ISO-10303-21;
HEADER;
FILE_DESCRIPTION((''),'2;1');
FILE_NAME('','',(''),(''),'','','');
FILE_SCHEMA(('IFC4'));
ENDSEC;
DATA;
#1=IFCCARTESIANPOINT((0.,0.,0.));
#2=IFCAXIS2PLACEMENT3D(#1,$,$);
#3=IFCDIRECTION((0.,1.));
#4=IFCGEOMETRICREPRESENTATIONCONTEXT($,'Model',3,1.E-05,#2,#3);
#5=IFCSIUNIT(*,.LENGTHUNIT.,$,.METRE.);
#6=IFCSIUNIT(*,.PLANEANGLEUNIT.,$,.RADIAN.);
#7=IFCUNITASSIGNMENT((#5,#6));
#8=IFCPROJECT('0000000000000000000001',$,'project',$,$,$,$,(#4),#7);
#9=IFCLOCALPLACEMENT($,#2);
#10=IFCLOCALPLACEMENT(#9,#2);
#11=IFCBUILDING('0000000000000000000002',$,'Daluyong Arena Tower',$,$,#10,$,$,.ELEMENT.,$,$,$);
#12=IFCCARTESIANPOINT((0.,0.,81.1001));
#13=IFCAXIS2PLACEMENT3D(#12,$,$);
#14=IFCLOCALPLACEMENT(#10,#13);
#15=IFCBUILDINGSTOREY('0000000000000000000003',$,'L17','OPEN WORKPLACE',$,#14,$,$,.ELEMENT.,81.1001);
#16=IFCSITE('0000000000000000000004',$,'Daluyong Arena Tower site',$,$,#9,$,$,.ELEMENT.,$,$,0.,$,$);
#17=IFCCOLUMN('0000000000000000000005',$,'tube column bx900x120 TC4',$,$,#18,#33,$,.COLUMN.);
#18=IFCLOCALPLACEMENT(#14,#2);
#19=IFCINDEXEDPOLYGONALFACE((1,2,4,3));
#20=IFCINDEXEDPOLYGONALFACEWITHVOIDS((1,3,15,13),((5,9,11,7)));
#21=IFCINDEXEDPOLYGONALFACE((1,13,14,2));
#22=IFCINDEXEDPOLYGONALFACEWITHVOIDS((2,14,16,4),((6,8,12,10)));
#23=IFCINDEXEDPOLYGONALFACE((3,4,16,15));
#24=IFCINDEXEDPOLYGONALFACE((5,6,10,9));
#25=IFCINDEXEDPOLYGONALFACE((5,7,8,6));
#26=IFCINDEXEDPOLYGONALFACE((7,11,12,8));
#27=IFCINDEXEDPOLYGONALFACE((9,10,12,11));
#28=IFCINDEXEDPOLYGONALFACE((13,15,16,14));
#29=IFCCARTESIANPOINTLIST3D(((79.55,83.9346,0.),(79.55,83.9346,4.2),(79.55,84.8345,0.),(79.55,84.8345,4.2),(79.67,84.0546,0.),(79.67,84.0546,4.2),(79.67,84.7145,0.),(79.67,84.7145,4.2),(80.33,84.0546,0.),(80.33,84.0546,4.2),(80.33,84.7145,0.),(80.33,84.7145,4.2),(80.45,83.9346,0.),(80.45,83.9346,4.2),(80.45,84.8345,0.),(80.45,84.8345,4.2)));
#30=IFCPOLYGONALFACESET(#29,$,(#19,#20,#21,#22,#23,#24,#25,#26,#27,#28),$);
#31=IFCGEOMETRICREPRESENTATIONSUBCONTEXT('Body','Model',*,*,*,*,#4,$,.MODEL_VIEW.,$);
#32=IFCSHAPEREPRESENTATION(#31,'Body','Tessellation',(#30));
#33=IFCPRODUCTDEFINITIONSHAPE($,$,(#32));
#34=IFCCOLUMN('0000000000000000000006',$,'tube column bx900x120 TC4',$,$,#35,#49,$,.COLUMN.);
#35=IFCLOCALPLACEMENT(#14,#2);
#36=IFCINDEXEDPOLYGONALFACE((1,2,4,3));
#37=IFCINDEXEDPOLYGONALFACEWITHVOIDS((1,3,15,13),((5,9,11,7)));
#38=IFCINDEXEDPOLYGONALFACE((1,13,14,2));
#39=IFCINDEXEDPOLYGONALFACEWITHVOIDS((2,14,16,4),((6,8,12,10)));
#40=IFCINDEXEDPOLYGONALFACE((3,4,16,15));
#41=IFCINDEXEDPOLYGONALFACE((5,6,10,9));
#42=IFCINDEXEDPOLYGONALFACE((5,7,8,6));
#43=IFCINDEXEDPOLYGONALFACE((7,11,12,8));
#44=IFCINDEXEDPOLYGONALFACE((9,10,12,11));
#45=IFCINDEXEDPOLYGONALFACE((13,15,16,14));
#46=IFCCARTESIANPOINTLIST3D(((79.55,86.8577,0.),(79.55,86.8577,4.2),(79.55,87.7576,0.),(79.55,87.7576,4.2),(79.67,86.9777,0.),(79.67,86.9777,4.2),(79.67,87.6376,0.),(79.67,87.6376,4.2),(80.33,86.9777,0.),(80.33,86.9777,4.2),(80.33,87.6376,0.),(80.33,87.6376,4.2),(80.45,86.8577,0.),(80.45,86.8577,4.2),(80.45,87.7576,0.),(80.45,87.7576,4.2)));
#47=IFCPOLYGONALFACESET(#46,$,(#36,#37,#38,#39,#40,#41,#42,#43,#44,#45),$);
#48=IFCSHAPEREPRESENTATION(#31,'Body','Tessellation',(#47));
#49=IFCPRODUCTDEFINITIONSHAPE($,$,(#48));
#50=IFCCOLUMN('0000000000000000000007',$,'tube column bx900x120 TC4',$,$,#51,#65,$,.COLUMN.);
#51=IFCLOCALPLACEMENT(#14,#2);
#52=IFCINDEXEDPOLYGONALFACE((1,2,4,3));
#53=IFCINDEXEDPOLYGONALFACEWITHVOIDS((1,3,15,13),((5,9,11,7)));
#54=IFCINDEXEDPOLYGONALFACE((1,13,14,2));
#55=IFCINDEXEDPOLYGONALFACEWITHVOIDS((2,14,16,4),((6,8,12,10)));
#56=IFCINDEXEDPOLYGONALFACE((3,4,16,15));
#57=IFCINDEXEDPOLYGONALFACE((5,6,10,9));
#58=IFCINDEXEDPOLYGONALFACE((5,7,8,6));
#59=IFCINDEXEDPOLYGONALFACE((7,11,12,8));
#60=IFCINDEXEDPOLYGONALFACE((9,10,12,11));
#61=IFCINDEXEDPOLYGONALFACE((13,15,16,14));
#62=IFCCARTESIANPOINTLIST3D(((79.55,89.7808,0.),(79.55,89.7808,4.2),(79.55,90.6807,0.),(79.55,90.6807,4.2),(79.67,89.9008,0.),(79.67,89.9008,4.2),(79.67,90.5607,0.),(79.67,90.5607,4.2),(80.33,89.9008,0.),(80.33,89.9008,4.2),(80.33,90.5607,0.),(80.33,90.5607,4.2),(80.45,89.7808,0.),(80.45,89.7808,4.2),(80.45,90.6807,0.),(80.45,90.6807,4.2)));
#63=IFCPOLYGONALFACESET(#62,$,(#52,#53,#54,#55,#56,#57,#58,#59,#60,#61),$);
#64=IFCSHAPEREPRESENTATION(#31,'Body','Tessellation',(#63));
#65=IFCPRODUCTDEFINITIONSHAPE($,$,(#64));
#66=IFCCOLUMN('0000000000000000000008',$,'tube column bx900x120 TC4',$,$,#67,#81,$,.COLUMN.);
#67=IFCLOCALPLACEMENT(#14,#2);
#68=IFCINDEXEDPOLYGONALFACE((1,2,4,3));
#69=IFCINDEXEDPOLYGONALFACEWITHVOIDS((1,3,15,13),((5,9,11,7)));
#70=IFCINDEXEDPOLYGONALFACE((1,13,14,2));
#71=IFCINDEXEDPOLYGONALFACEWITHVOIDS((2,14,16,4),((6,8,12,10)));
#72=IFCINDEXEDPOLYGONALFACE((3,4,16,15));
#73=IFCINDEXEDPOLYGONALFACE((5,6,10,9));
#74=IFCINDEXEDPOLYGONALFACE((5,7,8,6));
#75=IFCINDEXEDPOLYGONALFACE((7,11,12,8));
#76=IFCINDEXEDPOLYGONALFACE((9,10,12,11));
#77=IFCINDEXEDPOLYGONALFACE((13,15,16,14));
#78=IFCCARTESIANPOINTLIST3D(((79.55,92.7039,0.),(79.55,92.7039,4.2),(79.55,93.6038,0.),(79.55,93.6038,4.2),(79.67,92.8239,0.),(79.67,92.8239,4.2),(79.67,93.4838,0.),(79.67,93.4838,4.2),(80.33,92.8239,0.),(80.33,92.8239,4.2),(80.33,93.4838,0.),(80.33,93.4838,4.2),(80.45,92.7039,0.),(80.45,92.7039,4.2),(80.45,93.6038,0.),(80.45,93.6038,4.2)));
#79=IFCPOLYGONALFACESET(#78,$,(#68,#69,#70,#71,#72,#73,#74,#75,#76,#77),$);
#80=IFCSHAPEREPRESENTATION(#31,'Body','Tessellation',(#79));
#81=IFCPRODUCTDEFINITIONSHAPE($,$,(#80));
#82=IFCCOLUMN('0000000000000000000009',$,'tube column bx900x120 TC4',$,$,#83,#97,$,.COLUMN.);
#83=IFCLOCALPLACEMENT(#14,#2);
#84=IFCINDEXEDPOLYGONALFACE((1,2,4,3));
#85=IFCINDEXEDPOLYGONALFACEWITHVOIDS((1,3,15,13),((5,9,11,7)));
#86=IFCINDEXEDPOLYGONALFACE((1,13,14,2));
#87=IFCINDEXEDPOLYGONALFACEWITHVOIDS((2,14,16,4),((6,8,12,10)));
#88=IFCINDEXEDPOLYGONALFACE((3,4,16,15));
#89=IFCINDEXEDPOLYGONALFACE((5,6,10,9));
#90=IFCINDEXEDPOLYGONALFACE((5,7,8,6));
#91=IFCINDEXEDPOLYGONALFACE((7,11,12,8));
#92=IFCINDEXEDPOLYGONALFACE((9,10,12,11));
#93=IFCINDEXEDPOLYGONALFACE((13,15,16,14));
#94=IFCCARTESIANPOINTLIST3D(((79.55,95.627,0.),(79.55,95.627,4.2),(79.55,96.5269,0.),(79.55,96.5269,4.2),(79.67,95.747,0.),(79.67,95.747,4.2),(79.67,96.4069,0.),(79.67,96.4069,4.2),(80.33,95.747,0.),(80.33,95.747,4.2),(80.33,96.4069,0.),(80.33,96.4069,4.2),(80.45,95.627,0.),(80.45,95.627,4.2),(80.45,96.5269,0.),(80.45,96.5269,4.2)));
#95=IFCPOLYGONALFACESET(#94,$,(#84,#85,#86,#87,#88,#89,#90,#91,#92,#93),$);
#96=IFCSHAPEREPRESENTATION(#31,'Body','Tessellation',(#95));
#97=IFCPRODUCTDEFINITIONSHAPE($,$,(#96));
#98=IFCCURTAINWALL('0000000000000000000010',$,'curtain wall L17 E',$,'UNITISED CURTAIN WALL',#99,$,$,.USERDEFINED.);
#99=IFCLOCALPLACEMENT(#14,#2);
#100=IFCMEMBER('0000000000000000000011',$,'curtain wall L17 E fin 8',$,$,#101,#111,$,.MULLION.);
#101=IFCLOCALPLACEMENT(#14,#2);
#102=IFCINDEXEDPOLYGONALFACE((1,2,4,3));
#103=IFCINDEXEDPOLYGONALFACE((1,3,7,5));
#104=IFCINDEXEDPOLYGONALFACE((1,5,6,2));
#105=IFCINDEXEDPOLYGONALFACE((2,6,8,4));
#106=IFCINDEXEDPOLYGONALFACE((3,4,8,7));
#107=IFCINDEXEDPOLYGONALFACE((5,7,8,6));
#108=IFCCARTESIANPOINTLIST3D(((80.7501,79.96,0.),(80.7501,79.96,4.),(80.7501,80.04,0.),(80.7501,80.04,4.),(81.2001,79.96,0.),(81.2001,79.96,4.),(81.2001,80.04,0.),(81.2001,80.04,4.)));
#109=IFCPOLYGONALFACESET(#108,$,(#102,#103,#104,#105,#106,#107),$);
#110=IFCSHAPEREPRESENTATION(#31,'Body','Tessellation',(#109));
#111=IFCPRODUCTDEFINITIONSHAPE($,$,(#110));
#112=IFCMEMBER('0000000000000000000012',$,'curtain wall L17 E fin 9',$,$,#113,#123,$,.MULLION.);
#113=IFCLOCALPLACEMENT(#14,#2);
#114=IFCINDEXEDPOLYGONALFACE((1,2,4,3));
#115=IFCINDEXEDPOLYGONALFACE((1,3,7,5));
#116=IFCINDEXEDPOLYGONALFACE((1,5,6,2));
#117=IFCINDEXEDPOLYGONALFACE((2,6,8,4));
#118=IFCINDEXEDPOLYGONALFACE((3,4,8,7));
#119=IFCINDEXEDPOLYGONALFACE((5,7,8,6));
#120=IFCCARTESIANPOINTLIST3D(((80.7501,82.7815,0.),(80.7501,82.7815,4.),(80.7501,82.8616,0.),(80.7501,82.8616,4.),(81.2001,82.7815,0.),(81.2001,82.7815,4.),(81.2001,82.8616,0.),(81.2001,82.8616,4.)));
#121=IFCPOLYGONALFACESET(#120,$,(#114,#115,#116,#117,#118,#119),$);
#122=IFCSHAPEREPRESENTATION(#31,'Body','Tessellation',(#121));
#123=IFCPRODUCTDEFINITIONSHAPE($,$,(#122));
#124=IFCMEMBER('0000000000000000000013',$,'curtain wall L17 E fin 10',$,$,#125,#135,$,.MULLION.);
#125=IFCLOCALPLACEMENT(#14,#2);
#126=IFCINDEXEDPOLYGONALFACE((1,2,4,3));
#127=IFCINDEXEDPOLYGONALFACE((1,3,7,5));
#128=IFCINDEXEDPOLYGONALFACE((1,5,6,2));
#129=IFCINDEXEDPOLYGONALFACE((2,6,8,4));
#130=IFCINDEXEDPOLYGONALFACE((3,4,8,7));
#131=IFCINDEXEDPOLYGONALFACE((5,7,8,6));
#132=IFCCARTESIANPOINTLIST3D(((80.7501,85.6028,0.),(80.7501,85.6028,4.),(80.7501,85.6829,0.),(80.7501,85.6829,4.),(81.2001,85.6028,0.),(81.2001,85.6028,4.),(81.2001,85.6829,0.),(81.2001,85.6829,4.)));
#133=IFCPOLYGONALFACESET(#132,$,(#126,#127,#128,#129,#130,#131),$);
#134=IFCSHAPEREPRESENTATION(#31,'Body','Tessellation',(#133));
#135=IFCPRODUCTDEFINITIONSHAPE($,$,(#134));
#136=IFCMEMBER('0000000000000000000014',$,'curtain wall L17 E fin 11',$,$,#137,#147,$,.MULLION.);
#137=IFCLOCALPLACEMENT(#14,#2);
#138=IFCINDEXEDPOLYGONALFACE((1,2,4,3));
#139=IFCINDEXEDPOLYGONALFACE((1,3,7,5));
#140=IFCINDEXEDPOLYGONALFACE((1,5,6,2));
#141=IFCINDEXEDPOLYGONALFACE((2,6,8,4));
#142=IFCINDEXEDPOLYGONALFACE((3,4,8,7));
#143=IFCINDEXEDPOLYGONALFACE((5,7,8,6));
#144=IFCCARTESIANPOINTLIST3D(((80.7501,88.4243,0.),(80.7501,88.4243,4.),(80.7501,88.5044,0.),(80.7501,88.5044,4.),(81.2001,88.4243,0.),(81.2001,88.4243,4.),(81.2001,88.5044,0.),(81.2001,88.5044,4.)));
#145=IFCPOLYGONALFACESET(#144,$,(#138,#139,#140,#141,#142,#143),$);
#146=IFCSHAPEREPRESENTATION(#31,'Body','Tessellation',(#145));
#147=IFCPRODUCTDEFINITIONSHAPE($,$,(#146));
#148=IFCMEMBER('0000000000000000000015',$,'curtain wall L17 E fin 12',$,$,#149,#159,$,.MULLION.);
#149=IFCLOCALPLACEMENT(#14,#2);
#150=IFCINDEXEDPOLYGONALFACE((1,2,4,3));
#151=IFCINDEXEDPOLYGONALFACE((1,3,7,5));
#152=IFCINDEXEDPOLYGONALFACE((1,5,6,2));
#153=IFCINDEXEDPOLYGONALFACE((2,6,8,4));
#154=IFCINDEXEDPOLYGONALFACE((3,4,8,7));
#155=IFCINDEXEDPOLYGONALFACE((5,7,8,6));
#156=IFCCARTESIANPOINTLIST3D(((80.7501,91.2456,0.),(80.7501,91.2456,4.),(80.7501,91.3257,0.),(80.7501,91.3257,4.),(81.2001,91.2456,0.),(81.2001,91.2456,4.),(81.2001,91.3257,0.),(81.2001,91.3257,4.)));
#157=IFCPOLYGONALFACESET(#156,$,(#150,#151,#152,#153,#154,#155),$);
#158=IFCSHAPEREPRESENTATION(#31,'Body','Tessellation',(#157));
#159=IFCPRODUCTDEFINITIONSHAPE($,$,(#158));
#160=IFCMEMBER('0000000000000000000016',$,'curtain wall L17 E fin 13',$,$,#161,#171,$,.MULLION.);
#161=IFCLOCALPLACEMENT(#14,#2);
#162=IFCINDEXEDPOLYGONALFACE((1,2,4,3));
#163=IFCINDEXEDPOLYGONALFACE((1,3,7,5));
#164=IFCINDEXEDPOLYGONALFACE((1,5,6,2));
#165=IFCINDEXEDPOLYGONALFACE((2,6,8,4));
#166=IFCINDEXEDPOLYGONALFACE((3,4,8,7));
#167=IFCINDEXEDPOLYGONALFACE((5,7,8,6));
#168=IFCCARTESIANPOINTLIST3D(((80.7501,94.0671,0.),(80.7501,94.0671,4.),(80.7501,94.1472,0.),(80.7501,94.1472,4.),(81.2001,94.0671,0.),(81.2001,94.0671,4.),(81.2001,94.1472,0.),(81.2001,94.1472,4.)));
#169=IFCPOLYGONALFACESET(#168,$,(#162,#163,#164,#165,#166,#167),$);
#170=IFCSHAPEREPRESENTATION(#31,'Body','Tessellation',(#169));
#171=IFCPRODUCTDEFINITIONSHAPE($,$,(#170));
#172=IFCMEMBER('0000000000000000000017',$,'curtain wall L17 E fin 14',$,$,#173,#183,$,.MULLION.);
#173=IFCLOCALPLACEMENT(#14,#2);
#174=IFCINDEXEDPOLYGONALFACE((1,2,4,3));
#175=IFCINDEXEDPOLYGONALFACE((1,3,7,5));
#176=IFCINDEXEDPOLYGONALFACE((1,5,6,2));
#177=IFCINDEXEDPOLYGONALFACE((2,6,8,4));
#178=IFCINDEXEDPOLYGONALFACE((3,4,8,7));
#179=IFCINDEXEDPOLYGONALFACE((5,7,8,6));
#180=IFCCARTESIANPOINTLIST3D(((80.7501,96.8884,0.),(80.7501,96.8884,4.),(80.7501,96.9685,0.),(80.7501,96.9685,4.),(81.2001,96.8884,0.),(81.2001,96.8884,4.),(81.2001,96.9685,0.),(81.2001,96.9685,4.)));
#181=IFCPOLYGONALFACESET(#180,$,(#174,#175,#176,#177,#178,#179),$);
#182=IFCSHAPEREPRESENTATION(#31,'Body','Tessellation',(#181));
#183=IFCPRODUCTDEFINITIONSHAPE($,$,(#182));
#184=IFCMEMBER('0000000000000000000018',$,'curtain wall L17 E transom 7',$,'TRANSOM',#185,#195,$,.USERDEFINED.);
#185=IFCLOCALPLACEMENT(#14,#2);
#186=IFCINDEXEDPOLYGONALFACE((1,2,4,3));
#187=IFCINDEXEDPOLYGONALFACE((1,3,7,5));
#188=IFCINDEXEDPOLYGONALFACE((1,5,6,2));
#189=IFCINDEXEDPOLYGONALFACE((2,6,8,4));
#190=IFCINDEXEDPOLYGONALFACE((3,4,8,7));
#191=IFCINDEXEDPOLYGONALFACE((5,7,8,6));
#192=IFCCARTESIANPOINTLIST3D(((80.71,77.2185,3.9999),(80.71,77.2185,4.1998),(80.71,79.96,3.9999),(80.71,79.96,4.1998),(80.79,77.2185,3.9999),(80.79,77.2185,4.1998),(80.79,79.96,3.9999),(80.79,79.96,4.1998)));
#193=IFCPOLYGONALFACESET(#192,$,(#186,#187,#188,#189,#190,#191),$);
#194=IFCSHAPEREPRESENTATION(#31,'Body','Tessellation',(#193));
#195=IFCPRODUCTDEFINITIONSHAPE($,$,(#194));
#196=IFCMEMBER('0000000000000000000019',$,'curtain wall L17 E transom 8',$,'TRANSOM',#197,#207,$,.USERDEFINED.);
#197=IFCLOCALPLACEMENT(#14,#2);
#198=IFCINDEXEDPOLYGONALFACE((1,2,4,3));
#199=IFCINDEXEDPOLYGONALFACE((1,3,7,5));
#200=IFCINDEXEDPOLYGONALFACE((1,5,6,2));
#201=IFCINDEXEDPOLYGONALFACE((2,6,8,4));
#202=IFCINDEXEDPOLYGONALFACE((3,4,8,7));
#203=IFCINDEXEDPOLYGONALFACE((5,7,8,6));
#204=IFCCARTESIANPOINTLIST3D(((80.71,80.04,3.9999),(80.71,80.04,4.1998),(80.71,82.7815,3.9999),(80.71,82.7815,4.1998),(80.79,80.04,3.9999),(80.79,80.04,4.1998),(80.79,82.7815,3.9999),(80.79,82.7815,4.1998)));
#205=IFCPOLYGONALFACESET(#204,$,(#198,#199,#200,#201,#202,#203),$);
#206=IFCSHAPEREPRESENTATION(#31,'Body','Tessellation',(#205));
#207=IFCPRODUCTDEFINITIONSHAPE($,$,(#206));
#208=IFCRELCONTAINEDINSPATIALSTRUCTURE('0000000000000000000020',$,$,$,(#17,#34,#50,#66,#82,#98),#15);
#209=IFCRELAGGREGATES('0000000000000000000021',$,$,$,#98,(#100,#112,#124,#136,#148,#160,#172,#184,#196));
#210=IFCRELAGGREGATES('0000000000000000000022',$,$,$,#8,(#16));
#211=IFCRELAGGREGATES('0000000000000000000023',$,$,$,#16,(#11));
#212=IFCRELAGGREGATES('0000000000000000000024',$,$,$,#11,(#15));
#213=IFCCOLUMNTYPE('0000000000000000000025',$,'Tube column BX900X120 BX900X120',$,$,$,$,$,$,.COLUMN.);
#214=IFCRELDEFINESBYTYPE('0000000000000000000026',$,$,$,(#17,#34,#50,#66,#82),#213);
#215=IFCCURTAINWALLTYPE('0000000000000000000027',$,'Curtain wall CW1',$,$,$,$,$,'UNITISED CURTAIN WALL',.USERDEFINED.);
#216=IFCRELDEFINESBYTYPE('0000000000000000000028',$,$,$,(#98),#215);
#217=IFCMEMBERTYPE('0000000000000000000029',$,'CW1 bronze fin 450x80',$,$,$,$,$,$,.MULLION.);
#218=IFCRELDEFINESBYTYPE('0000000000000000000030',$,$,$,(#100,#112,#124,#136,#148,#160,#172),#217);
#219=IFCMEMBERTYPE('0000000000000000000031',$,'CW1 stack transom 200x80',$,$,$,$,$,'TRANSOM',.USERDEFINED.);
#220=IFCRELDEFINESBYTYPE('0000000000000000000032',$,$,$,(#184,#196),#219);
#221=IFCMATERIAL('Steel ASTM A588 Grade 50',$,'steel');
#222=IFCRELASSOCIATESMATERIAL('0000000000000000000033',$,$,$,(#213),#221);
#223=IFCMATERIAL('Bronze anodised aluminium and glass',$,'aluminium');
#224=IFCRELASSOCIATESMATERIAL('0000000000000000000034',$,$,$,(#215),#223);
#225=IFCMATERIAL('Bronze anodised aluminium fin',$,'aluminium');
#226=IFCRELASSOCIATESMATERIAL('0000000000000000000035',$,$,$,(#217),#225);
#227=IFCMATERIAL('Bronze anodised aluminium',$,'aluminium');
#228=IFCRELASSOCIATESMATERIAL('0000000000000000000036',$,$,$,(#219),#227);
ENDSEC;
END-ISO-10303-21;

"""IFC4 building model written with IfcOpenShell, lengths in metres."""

from ifc_helpers import new_model, si_unit, direction, frame, origin, origin_2d, place, context, subcontext, project, spatial, rectangle, hollow_rectangle, extrude, material, material_profile, profile_set, type_object, element, aggregate, save


model = new_model("IFC4")

# Units and contexts
model_context = context("Model", 3, precision=1e-05, world=origin(), true_north=direction((0.0, 1.0)))
body_context = subcontext(model_context, "Body", "Model", "MODEL_VIEW")
ifc_project = project(units=[si_unit("LENGTHUNIT", "METRE"), si_unit("PLANEANGLEUNIT", "RADIAN")], contexts=[model_context])

# Site, building, storey
site_placement = place(None, origin())
site = spatial("IfcSite", under=ifc_project, at=site_placement, Name="Daluyong Arena Tower site", CompositionType="ELEMENT", RefElevation=0.0)
building_placement = place(site_placement, origin())
building = spatial("IfcBuilding", under=site, at=building_placement, Name="Daluyong Arena Tower", CompositionType="ELEMENT")
storey_placement = place(building_placement, frame((0.0, 0.0, 81.1001)))
storey = spatial("IfcBuildingStorey", under=building, at=storey_placement, Name="L17", Description="OPEN WORKPLACE", CompositionType="ELEMENT", Elevation=81.1001)

# Columns
ifc_material_1 = material(Name="Steel ASTM A588 Grade 50", Category="steel")
ifc_material_profile_1 = material_profile(ifc_material_1, hollow_rectangle(XDim=0.8999, YDim=0.8999, WallThickness=0.12, at=origin_2d()))
ifc_profile_set_1 = profile_set([ifc_material_profile_1], Name="Steel ASTM A588 Grade 50")
column_type = type_object("IfcColumnType", Name="Tube column BX900X120 BX900X120", PredefinedType="COLUMN", material=ifc_profile_set_1)
for number, where, z_axis, x_axis, name in (
    (1, (80.0, 84.3845, 0.0), (0.0, 0.0, 1.0), (0.0, 1.0, 0.0), "tube column bx900x120 TC4"),
    (2, (80.0, 87.3076, 0.0), (0.0, 0.0, 1.0), (0.0, 1.0, 0.0), "tube column bx900x120 TC4"),
    (3, (80.0, 90.2307, 0.0), (0.0, 0.0, 1.0), (0.0, 1.0, 0.0), "tube column bx900x120 TC4"),
    (4, (80.0, 93.1538, 0.0), (0.0, 0.0, 1.0), (0.0, 1.0, 0.0), "tube column bx900x120 TC4"),
    (5, (80.0, 96.0769, 0.0), (0.0, 0.0, 1.0), (0.0, 1.0, 0.0), "tube column bx900x120 TC4"),
):
    element("IfcColumn", number, at=place(storey_placement, frame(where, z_axis=z_axis, x_axis=x_axis)), inside=storey, type_object=column_type, Name=name, PredefinedType="COLUMN", context=body_context, shape_type="SweptSolid", body=[
        extrude(hollow_rectangle(XDim=0.8999, YDim=0.8999, WallThickness=0.12, at=origin_2d()), origin(), (0.0, 0.0, 1.0), 4.2),
    ])

# Curtain wall, members
ifc_material_2 = material(Name="Bronze anodised aluminium and glass", Category="aluminium")
curtain_wall_type = type_object("IfcCurtainWallType", Name="Curtain wall CW1", ElementType="UNITISED CURTAIN WALL", PredefinedType="USERDEFINED", material=ifc_material_2)
curtain_wall_placement = place(storey_placement, origin())
curtain_wall = element("IfcCurtainWall", 6, at=curtain_wall_placement, inside=storey, type_object=curtain_wall_type, Name="curtain wall L17 E", ObjectType="UNITISED CURTAIN WALL", PredefinedType="USERDEFINED")
ifc_material_3 = material(Name="Bronze anodised aluminium fin", Category="aluminium")
ifc_material_profile_2 = material_profile(ifc_material_3, rectangle(XDim=0.45, YDim=0.0801, at=origin_2d()))
ifc_profile_set_2 = profile_set([ifc_material_profile_2], Name="Bronze anodised aluminium fin")
member_type_1 = type_object("IfcMemberType", Name="CW1 bronze fin 450x80", PredefinedType="MULLION", material=ifc_profile_set_2)
member_1_placement = place(storey_placement, frame((80.9751, 80.0, 0.0), z_axis=(0.0, 0.0, 1.0), x_axis=(-1.0, 0.0, 0.0)))
member_1 = element("IfcMember", 7, at=member_1_placement, type_object=member_type_1, Name="curtain wall L17 E fin 8", PredefinedType="MULLION", context=body_context, shape_type="SweptSolid", body=[
    extrude(rectangle(XDim=0.45, YDim=0.0801, at=origin_2d()), origin(), (0.0, 0.0, 1.0), 4.0),
])
member_2_placement = place(storey_placement, frame((80.9751, 82.8215, 0.0), z_axis=(0.0, 0.0, 1.0), x_axis=(-1.0, 0.0, 0.0)))
member_2 = element("IfcMember", 8, at=member_2_placement, type_object=member_type_1, Name="curtain wall L17 E fin 9", PredefinedType="MULLION", context=body_context, shape_type="SweptSolid", body=[
    extrude(rectangle(XDim=0.45, YDim=0.0801, at=origin_2d()), origin(), (0.0, 0.0, 1.0), 4.0),
])
member_3_placement = place(storey_placement, frame((80.9751, 85.6428, 0.0), z_axis=(0.0, 0.0, 1.0), x_axis=(-1.0, 0.0, 0.0)))
member_3 = element("IfcMember", 9, at=member_3_placement, type_object=member_type_1, Name="curtain wall L17 E fin 10", PredefinedType="MULLION", context=body_context, shape_type="SweptSolid", body=[
    extrude(rectangle(XDim=0.45, YDim=0.0801, at=origin_2d()), origin(), (0.0, 0.0, 1.0), 4.0),
])
member_4_placement = place(storey_placement, frame((80.9751, 88.4644, 0.0), z_axis=(0.0, 0.0, 1.0), x_axis=(-1.0, 0.0, 0.0)))
member_4 = element("IfcMember", 10, at=member_4_placement, type_object=member_type_1, Name="curtain wall L17 E fin 11", PredefinedType="MULLION", context=body_context, shape_type="SweptSolid", body=[
    extrude(rectangle(XDim=0.45, YDim=0.0801, at=origin_2d()), origin(), (0.0, 0.0, 1.0), 4.0),
])
member_5_placement = place(storey_placement, frame((80.9751, 91.2856, 0.0), z_axis=(0.0, 0.0, 1.0), x_axis=(-1.0, 0.0, 0.0)))
member_5 = element("IfcMember", 11, at=member_5_placement, type_object=member_type_1, Name="curtain wall L17 E fin 12", PredefinedType="MULLION", context=body_context, shape_type="SweptSolid", body=[
    extrude(rectangle(XDim=0.45, YDim=0.0801, at=origin_2d()), origin(), (0.0, 0.0, 1.0), 4.0),
])
member_6_placement = place(storey_placement, frame((80.9751, 94.1072, 0.0), z_axis=(0.0, 0.0, 1.0), x_axis=(-1.0, 0.0, 0.0)))
member_6 = element("IfcMember", 12, at=member_6_placement, type_object=member_type_1, Name="curtain wall L17 E fin 13", PredefinedType="MULLION", context=body_context, shape_type="SweptSolid", body=[
    extrude(rectangle(XDim=0.45, YDim=0.0801, at=origin_2d()), origin(), (0.0, 0.0, 1.0), 4.0),
])
member_7_placement = place(storey_placement, frame((80.9751, 96.9285, 0.0), z_axis=(0.0, 0.0, 1.0), x_axis=(-1.0, 0.0, 0.0)))
member_7 = element("IfcMember", 13, at=member_7_placement, type_object=member_type_1, Name="curtain wall L17 E fin 14", PredefinedType="MULLION", context=body_context, shape_type="SweptSolid", body=[
    extrude(rectangle(XDim=0.45, YDim=0.0801, at=origin_2d()), origin(), (0.0, 0.0, 1.0), 4.0),
])
ifc_material_4 = material(Name="Bronze anodised aluminium", Category="aluminium")
ifc_material_profile_3 = material_profile(ifc_material_4, rectangle(XDim=0.0801, YDim=0.2, at=origin_2d()))
ifc_profile_set_3 = profile_set([ifc_material_profile_3], Name="Bronze anodised aluminium")
member_type_2 = type_object("IfcMemberType", Name="CW1 stack transom 200x80", ElementType="TRANSOM", PredefinedType="USERDEFINED", material=ifc_profile_set_3)
member_8_placement = place(storey_placement, frame((80.75, 77.2185, 4.0999), z_axis=(0.0, 1.0, 0.0), x_axis=(-1.0, 0.0, 0.0)))
member_8 = element("IfcMember", 14, at=member_8_placement, type_object=member_type_2, Name="curtain wall L17 E transom 7", ObjectType="TRANSOM", PredefinedType="USERDEFINED", context=body_context, shape_type="SweptSolid", body=[
    extrude(rectangle(XDim=0.0801, YDim=0.2, at=origin_2d()), origin(), (0.0, 0.0, 1.0), 2.7415),
])
member_9_placement = place(storey_placement, frame((80.75, 80.04, 4.0999), z_axis=(0.0, 1.0, 0.0), x_axis=(-1.0, 0.0, 0.0)))
member_9 = element("IfcMember", 15, at=member_9_placement, type_object=member_type_2, Name="curtain wall L17 E transom 8", ObjectType="TRANSOM", PredefinedType="USERDEFINED", context=body_context, shape_type="SweptSolid", body=[
    extrude(rectangle(XDim=0.0801, YDim=0.2, at=origin_2d()), origin(), (0.0, 0.0, 1.0), 2.7415),
])

aggregate(curtain_wall, [member_1, member_2, member_3, member_4, member_5, member_6, member_7, member_8, member_9])

save(model, "model.ifc")
